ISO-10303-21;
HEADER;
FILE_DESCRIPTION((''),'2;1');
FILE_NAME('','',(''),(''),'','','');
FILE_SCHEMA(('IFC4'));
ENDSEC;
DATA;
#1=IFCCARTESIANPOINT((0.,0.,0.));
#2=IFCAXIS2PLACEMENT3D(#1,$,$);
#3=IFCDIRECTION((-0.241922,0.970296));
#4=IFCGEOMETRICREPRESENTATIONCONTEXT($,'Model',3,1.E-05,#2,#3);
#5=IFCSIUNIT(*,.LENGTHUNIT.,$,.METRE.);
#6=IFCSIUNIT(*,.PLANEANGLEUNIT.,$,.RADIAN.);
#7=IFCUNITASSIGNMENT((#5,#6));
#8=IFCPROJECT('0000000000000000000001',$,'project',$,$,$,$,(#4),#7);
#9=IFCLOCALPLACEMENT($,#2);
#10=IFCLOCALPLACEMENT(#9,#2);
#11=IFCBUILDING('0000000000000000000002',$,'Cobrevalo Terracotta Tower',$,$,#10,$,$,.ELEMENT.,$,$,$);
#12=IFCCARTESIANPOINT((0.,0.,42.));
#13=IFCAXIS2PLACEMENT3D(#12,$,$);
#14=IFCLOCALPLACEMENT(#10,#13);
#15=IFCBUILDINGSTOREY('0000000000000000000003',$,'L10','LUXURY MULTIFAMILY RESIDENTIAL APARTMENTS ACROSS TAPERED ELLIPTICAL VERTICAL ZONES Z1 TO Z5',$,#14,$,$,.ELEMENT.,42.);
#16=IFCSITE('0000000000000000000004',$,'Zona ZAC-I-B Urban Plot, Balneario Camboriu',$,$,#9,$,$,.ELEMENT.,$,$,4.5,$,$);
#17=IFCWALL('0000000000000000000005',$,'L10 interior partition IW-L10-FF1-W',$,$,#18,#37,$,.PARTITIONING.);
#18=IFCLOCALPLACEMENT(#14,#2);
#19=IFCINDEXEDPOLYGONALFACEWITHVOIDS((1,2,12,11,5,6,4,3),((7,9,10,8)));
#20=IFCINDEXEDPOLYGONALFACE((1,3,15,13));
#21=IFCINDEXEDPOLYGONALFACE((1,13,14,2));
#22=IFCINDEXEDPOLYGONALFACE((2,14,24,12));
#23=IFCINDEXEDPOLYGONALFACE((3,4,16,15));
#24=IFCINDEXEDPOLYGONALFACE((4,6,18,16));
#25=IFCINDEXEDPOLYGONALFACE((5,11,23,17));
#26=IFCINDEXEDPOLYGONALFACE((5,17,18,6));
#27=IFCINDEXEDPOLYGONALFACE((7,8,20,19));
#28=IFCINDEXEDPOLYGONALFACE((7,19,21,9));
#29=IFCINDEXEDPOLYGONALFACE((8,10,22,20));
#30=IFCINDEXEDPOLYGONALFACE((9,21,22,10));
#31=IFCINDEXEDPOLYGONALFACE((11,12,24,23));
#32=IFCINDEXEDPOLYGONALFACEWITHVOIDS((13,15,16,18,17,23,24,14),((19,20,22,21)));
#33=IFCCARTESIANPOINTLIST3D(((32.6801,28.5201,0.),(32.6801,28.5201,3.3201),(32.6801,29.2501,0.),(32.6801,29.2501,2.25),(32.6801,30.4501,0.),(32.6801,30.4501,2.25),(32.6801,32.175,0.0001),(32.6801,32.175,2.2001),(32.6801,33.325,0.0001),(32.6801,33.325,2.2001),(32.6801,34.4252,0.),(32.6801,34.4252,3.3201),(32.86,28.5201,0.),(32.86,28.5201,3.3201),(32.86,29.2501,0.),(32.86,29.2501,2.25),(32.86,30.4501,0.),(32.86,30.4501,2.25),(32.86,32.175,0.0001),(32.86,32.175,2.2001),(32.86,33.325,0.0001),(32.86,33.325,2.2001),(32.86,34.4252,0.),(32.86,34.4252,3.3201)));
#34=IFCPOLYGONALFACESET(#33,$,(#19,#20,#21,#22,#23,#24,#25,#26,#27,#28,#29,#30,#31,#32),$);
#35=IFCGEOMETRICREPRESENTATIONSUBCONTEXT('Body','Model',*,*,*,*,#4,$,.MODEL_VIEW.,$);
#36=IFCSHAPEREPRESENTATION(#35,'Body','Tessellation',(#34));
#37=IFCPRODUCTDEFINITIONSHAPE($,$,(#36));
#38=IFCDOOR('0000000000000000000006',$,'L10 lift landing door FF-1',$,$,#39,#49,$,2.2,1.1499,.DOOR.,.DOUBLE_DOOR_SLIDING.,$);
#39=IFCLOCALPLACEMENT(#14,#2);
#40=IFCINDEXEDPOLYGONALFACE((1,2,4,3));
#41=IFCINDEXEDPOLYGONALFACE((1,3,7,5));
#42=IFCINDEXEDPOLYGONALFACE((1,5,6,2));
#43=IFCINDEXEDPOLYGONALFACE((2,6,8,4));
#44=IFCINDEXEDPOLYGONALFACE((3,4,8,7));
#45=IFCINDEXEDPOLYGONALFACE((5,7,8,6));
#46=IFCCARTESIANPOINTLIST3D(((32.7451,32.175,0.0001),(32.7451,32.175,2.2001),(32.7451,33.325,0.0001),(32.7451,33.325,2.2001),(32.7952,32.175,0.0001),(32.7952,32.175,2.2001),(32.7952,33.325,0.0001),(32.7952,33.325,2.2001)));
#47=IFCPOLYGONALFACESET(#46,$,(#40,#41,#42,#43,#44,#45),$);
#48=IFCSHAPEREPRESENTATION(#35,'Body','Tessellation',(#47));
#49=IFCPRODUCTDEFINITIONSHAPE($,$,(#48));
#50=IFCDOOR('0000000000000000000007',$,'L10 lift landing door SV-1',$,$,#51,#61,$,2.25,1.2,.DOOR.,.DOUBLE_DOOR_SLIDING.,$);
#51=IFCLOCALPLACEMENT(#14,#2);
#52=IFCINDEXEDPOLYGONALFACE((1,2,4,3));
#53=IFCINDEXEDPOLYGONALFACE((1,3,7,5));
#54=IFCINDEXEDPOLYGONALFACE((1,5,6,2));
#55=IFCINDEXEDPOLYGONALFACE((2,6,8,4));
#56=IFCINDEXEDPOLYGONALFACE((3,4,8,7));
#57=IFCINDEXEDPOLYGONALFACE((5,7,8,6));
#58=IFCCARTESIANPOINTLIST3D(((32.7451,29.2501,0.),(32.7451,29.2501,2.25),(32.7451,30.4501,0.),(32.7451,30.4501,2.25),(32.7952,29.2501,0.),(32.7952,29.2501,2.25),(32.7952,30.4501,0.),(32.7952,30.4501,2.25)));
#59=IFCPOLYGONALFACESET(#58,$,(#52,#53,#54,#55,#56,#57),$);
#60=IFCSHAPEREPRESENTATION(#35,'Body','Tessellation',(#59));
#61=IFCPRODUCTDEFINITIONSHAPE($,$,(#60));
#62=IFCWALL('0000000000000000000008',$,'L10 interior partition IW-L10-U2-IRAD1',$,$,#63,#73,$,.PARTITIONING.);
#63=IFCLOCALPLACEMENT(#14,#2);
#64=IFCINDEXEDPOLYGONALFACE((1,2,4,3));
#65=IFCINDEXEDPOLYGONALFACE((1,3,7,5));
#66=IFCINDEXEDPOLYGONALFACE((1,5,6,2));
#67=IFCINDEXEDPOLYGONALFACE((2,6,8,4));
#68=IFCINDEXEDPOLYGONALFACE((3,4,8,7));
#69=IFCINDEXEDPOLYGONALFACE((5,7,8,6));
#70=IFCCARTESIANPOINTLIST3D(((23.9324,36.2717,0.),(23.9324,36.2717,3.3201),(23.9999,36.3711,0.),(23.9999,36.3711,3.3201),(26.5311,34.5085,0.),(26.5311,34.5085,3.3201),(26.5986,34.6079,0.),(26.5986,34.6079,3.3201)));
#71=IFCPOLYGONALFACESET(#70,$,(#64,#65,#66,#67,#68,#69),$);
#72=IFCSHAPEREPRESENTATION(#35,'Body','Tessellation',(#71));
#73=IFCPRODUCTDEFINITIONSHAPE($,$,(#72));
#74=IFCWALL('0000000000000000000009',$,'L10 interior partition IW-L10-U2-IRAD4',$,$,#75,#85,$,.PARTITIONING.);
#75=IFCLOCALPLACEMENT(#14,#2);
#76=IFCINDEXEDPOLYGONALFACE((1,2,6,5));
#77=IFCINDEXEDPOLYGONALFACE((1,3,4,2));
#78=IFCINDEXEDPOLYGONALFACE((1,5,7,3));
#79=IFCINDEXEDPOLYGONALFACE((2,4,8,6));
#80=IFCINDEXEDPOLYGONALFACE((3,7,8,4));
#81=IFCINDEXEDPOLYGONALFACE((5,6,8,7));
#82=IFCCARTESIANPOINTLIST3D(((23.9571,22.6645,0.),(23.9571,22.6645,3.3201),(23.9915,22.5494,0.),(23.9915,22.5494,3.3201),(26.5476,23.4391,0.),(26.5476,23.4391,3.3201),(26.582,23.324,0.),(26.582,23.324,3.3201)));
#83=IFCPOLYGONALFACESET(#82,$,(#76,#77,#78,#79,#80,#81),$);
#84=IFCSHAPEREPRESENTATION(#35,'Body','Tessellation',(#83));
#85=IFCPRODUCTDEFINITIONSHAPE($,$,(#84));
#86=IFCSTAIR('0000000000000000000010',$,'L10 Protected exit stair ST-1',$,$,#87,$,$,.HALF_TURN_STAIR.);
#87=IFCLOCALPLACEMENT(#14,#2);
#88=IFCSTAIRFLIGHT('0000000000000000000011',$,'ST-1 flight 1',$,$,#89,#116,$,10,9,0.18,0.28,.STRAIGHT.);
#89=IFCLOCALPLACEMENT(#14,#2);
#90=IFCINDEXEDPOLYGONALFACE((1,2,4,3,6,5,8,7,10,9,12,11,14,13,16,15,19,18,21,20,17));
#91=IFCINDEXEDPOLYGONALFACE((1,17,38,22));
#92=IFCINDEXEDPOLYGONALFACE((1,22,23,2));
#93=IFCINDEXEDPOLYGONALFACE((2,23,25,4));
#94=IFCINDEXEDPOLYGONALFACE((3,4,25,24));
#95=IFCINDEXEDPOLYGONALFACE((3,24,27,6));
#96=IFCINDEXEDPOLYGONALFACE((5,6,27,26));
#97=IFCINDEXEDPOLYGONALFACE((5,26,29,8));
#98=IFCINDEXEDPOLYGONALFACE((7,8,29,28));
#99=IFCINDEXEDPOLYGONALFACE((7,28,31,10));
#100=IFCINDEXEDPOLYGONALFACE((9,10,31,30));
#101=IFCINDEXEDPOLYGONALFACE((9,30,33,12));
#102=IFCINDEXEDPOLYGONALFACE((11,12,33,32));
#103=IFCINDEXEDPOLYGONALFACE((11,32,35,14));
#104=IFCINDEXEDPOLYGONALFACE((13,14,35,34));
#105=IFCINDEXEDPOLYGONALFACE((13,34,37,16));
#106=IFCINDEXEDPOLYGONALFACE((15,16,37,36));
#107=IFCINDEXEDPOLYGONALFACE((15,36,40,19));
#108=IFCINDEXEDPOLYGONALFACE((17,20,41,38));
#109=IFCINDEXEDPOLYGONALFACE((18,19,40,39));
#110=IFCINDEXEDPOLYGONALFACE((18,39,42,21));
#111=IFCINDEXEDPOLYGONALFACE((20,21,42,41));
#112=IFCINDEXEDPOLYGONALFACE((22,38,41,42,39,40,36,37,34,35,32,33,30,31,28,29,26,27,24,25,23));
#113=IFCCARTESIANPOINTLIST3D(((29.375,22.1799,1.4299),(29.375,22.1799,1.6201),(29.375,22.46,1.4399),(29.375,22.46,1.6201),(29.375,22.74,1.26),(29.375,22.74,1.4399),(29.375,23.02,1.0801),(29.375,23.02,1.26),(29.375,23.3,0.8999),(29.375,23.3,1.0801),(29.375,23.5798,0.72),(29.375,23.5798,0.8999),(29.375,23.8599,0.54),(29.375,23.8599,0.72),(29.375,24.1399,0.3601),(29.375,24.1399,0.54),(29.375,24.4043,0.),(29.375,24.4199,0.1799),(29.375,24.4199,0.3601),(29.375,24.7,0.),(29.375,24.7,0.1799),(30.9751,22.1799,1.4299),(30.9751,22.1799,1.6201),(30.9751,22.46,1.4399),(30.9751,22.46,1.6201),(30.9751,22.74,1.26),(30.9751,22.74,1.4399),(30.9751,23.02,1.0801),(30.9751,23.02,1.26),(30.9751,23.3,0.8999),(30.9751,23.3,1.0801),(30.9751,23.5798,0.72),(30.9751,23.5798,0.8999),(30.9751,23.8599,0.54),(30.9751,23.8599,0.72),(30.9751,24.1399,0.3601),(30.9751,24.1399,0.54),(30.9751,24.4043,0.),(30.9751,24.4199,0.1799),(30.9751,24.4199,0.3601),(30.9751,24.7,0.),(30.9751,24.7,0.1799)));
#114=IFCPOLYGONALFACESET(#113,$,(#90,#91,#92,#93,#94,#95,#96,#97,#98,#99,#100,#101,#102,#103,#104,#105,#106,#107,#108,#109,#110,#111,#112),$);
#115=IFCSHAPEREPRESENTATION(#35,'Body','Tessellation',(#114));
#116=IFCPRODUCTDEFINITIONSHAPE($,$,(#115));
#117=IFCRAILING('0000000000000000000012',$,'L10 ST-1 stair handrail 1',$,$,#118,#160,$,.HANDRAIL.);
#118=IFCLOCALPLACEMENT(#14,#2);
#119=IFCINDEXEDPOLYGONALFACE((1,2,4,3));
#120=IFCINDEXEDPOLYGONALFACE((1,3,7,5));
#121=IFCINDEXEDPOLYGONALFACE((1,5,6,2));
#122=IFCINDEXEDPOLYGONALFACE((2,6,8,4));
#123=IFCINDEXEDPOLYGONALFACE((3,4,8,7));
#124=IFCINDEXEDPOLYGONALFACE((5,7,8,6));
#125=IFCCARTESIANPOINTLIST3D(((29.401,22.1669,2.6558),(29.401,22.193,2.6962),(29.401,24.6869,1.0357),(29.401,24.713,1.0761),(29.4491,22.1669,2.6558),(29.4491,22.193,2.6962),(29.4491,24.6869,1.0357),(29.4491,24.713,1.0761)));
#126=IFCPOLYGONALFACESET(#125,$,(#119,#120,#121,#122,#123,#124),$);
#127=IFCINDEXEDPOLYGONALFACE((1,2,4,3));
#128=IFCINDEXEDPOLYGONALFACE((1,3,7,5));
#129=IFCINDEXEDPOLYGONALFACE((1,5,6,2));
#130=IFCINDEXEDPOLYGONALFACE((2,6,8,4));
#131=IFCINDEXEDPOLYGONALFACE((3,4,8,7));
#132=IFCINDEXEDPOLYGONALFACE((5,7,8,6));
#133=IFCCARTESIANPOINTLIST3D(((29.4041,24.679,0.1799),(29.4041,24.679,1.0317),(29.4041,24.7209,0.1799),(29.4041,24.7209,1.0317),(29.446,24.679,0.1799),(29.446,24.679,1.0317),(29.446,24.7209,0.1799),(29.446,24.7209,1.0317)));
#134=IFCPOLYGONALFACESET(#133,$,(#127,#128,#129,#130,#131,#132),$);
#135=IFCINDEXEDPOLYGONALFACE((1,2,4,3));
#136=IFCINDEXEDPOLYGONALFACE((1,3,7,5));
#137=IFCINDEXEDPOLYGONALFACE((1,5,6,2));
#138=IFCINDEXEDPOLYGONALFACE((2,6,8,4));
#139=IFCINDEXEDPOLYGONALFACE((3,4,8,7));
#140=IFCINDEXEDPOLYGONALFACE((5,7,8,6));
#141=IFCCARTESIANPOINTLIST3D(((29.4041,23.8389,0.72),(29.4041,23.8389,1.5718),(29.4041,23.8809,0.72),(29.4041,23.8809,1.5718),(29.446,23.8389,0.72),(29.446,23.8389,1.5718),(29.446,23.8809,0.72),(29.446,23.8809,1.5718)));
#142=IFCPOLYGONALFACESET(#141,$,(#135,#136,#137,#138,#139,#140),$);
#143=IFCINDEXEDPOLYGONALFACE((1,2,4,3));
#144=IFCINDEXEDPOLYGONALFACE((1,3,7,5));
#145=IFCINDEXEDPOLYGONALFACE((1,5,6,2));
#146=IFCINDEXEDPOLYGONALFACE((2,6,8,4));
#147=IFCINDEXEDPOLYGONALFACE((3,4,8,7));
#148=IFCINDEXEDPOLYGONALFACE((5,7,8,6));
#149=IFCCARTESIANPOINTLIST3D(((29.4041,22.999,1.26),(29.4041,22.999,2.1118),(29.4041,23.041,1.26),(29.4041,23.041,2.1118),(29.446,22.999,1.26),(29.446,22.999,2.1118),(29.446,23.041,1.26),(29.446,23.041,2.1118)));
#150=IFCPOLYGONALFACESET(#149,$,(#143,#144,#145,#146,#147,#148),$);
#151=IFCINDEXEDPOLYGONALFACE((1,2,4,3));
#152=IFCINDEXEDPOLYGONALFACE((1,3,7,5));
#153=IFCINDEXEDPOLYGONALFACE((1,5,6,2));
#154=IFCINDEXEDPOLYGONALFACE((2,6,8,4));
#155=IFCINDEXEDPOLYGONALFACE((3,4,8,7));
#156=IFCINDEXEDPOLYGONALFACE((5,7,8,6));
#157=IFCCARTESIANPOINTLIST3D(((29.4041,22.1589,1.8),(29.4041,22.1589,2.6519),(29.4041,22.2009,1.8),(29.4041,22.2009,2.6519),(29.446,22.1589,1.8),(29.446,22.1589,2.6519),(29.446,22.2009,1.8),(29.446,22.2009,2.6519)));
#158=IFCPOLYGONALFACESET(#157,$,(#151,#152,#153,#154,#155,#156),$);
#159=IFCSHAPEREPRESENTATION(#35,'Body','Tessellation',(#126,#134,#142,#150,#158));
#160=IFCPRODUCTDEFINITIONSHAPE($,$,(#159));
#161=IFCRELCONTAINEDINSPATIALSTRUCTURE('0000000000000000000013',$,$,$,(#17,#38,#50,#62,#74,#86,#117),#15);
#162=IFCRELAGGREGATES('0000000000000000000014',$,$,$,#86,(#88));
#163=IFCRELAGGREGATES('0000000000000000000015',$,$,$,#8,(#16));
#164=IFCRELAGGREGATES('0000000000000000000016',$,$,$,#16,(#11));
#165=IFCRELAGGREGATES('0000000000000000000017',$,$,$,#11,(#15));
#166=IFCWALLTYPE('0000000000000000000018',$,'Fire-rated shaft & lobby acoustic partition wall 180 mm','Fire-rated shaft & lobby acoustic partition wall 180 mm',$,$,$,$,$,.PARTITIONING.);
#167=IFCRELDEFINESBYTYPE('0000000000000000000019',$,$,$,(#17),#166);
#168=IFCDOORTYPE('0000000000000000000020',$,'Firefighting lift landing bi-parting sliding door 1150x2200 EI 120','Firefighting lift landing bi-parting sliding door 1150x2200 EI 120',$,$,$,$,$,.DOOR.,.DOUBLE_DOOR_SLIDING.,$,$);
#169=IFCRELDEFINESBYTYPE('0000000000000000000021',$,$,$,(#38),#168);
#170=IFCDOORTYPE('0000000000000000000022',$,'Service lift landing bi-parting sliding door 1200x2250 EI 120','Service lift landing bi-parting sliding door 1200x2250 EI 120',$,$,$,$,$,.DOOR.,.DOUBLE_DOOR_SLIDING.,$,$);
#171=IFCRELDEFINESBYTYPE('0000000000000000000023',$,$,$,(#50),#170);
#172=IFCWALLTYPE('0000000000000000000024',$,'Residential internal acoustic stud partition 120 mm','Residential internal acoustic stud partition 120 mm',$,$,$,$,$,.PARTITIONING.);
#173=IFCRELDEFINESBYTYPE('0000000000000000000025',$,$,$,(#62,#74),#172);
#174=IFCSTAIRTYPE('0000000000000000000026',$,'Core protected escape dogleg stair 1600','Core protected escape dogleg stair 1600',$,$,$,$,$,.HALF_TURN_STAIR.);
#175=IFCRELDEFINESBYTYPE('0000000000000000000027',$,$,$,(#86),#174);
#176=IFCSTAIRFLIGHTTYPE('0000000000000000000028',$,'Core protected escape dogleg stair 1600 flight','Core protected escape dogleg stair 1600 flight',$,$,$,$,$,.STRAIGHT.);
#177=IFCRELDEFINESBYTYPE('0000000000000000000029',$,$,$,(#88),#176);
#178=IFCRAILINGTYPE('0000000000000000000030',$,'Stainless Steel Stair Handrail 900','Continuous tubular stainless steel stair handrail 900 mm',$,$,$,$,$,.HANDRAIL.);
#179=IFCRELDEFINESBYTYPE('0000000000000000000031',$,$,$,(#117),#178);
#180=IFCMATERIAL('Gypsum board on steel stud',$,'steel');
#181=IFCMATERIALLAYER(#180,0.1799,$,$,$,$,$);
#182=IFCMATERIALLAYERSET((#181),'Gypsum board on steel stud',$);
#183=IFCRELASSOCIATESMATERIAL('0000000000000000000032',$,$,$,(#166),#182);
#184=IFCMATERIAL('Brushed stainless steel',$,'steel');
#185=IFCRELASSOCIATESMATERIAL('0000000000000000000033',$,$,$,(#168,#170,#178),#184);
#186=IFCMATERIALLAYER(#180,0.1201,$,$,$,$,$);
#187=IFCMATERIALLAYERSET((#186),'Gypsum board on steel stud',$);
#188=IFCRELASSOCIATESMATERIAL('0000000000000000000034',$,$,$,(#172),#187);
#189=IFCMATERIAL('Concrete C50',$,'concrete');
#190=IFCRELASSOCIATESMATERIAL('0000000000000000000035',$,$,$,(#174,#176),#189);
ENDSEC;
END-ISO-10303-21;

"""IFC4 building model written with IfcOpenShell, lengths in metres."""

from ifc_helpers import new_model, si_unit, direction, frame, frame_2d, origin, origin_2d, place, context, subcontext, project, spatial, polyline, rectangle, outline, extrude, source, transform, mapped, material, layer, layer_set, type_object, element, fill, aggregate, save


model = new_model("IFC4")

# Units and contexts
model_context = context("Model", 3, precision=1e-05, world=origin(), true_north=direction((-0.241922, 0.970296)))
body_context = subcontext(model_context, "Body", "Model", "MODEL_VIEW")
ifc_project = project(units=[si_unit("LENGTHUNIT", "METRE"), si_unit("PLANEANGLEUNIT", "RADIAN")], contexts=[model_context])

# Site, building, storey
site_placement = place(None, origin())
site = spatial("IfcSite", under=ifc_project, at=site_placement, Name="Zona ZAC-I-B Urban Plot, Balneario Camboriu", CompositionType="ELEMENT", RefElevation=4.5)
building_placement = place(site_placement, origin())
building = spatial("IfcBuilding", under=site, at=building_placement, Name="Cobrevalo Terracotta Tower", CompositionType="ELEMENT")
storey_placement = place(building_placement, frame((0.0, 0.0, 42.0)))
storey = spatial("IfcBuildingStorey", under=building, at=storey_placement, Name="L10", Description="LUXURY MULTIFAMILY RESIDENTIAL APARTMENTS ACROSS TAPERED ELLIPTICAL VERTICAL ZONES Z1 TO Z5", CompositionType="ELEMENT", Elevation=42.0)

# Shared definitions
ifc_material_1 = material(Name="Gypsum board on steel stud", Category="steel")

# Shared definitions
ifc_layer_1 = layer(ifc_material_1, 0.1799)
ifc_layer_set_1 = layer_set([ifc_layer_1], Name="Gypsum board on steel stud")
wall_type_1 = type_object("IfcWallType", Name="Fire-rated shaft & lobby acoustic partition wall 180 mm", Description="Fire-rated shaft & lobby acoustic partition wall 180 mm", PredefinedType="PARTITIONING", material=ifc_layer_set_1)

# Wall, openings, doors
wall_1_placement = place(storey_placement, frame((32.77, 28.52, 0.0), z_axis=(0.0, 0.0, 1.0), x_axis=(0.0, 1.0, 0.0)))
wall_1 = element("IfcWall", 1, at=wall_1_placement, inside=storey, type_object=wall_type_1, Name="L10 interior partition IW-L10-FF1-W", PredefinedType="PARTITIONING", context=body_context, shape_type="SweptSolid", body=[
    extrude(rectangle(XDim=5.905, YDim=0.1799, at=frame_2d((2.9526, 0.0))), origin(), (0.0, 0.0, 1.0), 3.3201),
])
opening_1_placement = place(wall_1_placement, frame((3.655, 0.0, 0.0)))
opening_1 = element("IfcOpeningElement", 2, at=opening_1_placement, cuts=wall_1, PredefinedType="OPENING", context=body_context, shape_type="SweptSolid", body=[
    extrude(rectangle(XDim=1.1499, YDim=2.2, at=frame_2d((0.575, 1.1001))), frame((0.0, 0.1001, 0.0), z_axis=(0.0, -1.0, 0.0), x_axis=(1.0, 0.0, 0.0)), (0.0, 0.0, 1.0), 0.2),
])
opening_2_placement = place(wall_1_placement, frame((0.73, 0.0, 0.0)))
opening_2 = element("IfcOpeningElement", 3, at=opening_2_placement, cuts=wall_1, PredefinedType="OPENING", context=body_context, shape_type="SweptSolid", body=[
    extrude(rectangle(XDim=1.2, YDim=2.25, at=frame_2d((0.6001, 1.125))), frame((0.0, 0.1001, 0.0), z_axis=(0.0, -1.0, 0.0), x_axis=(1.0, 0.0, 0.0)), (0.0, 0.0, 1.0), 0.2),
])
ifc_material_2 = material(Name="Brushed stainless steel", Category="steel")
door_type_1 = type_object("IfcDoorType", Name="Firefighting lift landing bi-parting sliding door 1150x2200 EI 120", Description="Firefighting lift landing bi-parting sliding door 1150x2200 EI 120", OperationType="DOUBLE_DOOR_SLIDING", PredefinedType="DOOR", material=ifc_material_2)
shared_shape_1 = source(origin(), body_context, "Body", "SweptSolid", [
    extrude(rectangle(XDim=1.1499, YDim=2.2, at=frame_2d((0.575, 1.1001))), frame((0.0, 0.0249, 0.0), z_axis=(0.0, -1.0, 0.0), x_axis=(1.0, 0.0, 0.0)), (0.0, 0.0, 1.0), 0.05),
])
door_1_placement = place(opening_1_placement, origin())
door_1 = element("IfcDoor", 4, at=door_1_placement, inside=storey, type_object=door_type_1, Name="L10 lift landing door FF-1", OperationType="DOUBLE_DOOR_SLIDING", OverallHeight=2.2, OverallWidth=1.1499, PredefinedType="DOOR", context=body_context, shape_type="MappedRepresentation", body=[
    mapped(shared_shape_1, transform((0.0, 0.0, 0.0), scale=1.0)),
])
fill(opening_1, door_1)
door_type_2 = type_object("IfcDoorType", Name="Service lift landing bi-parting sliding door 1200x2250 EI 120", Description="Service lift landing bi-parting sliding door 1200x2250 EI 120", OperationType="DOUBLE_DOOR_SLIDING", PredefinedType="DOOR", material=ifc_material_2)
shared_shape_2 = source(origin(), body_context, "Body", "SweptSolid", [
    extrude(rectangle(XDim=1.2, YDim=2.25, at=frame_2d((0.6001, 1.125))), frame((0.0, 0.0249, 0.0), z_axis=(0.0, -1.0, 0.0), x_axis=(1.0, 0.0, 0.0)), (0.0, 0.0, 1.0), 0.05),
])
door_2_placement = place(opening_2_placement, origin())
door_2 = element("IfcDoor", 5, at=door_2_placement, inside=storey, type_object=door_type_2, Name="L10 lift landing door SV-1", OperationType="DOUBLE_DOOR_SLIDING", OverallHeight=2.25, OverallWidth=1.2, PredefinedType="DOOR", context=body_context, shape_type="MappedRepresentation", body=[
    mapped(shared_shape_2, transform((0.0, 0.0, 0.0), scale=1.0)),
])
fill(opening_2, door_2)

# Wall
ifc_layer_2 = layer(ifc_material_1, 0.1201)
ifc_layer_set_2 = layer_set([ifc_layer_2], Name="Gypsum board on steel stud")
wall_type_2 = type_object("IfcWallType", Name="Residential internal acoustic stud partition 120 mm", Description="Residential internal acoustic stud partition 120 mm", PredefinedType="PARTITIONING", material=ifc_layer_set_2)
wall_2_placement = place(storey_placement, frame((26.5649, 34.5581, 0.0), z_axis=(0.0, 0.0, 1.0), x_axis=(-0.827502, 0.561463, 0.0)))
element("IfcWall", 6, at=wall_2_placement, inside=storey, type_object=wall_type_2, Name="L10 interior partition IW-L10-U2-IRAD1", PredefinedType="PARTITIONING", context=body_context, shape_type="SweptSolid", body=[
    extrude(rectangle(XDim=3.1404, YDim=0.1201, at=frame_2d((1.5703, 0.0))), origin(), (0.0, 0.0, 1.0), 3.3201),
])

# Wall
wall_3_placement = place(storey_placement, frame((26.5649, 23.3816, 0.0), z_axis=(0.0, 0.0, 1.0), x_axis=(-0.958082, -0.286495, 0.0)))
element("IfcWall", 7, at=wall_3_placement, inside=storey, type_object=wall_type_2, Name="L10 interior partition IW-L10-U2-IRAD4", PredefinedType="PARTITIONING", context=body_context, shape_type="SweptSolid", body=[
    extrude(rectangle(XDim=2.7039, YDim=0.1201, at=frame_2d((1.3521, 0.0))), origin(), (0.0, 0.0, 1.0), 3.3201),
])

# Shared definitions
ifc_material_3 = material(Name="Concrete C50", Category="concrete")

# Stair, stair flight
stair_type = type_object("IfcStairType", Name="Core protected escape dogleg stair 1600", Description="Core protected escape dogleg stair 1600", PredefinedType="HALF_TURN_STAIR", material=ifc_material_3)
stair_placement = place(storey_placement, origin())
stair = element("IfcStair", 8, at=stair_placement, inside=storey, type_object=stair_type, Name="L10 Protected exit stair ST-1", PredefinedType="HALF_TURN_STAIR")
stair_flight_type = type_object("IfcStairFlightType", Name="Core protected escape dogleg stair 1600 flight", Description="Core protected escape dogleg stair 1600 flight", PredefinedType="STRAIGHT", material=ifc_material_3)
stair_flight_placement = place(storey_placement, frame((30.175, 24.7, 0.0), z_axis=(0.0, 0.0, 1.0), x_axis=(0.0, -1.0, 0.0)))
stair_flight = element("IfcStairFlight", 9, at=stair_flight_placement, type_object=stair_flight_type, Name="ST-1 flight 1", NumberOfRisers=10, NumberOfTreads=9, PredefinedType="STRAIGHT", RiserHeight=0.18, TreadLength=0.28, context=body_context, shape_type="SweptSolid", body=[
    extrude(outline(polyline([(0.0, 0.0), (0.0, 0.1799), (0.28, 0.1799), (0.28, 0.3601), (0.5601, 0.3601), (0.5601, 0.54), (0.8401, 0.54), (0.8401, 0.72), (1.1201, 0.72), (1.1201, 0.8999), (1.3999, 0.8999), (1.3999, 1.0801), (1.6799, 1.0801), (1.6799, 1.26), (1.96, 1.26), (1.96, 1.4399), (2.24, 1.4399), (2.24, 1.6201), (2.52, 1.6201), (2.52, 1.8), (2.52, 1.4299), (0.2957, 0.0), (0.0, 0.0)])), frame((0.0, 0.8, 0.0), z_axis=(0.0, -1.0, 0.0), x_axis=(1.0, 0.0, 0.0)), (0.0, 0.0, 1.0), 1.6001),
])
aggregate(stair, [stair_flight])

# Railing
railing_type_1 = type_object("IfcRailingType", Name="Stainless Steel Stair Handrail 900", Description="Continuous tubular stainless steel stair handrail 900 mm", PredefinedType="HANDRAIL", material=ifc_material_2)
railing_1_placement = place(storey_placement, frame((29.425, 24.7, 0.1799)))
element("IfcRailing", 10, at=railing_1_placement, inside=storey, type_object=railing_type_1, Name="L10 ST-1 stair handrail 1", PredefinedType="HANDRAIL", context=body_context, shape_type="SweptSolid", body=[
    extrude(rectangle(XDim=0.0481, YDim=0.0481, at=origin_2d()), frame((0.0, 0.0, 0.876), z_axis=(0.0, -0.841163, 0.540782), x_axis=(1.0, 0.0, 0.0)), (0.0, 0.0, 1.0), 2.9958),
    extrude(rectangle(XDim=0.042, YDim=0.042, at=origin_2d()), origin(), (0.0, 0.0, 1.0), 0.8518),
    extrude(rectangle(XDim=0.042, YDim=0.042, at=origin_2d()), frame((0.0, -0.8401, 0.54)), (0.0, 0.0, 1.0), 0.8518),
    extrude(rectangle(XDim=0.042, YDim=0.042, at=origin_2d()), frame((0.0, -1.6799, 1.0801)), (0.0, 0.0, 1.0), 0.8518),
    extrude(rectangle(XDim=0.042, YDim=0.042, at=origin_2d()), frame((0.0, -2.52, 1.6201)), (0.0, 0.0, 1.0), 0.8518),
])

save(model, "model.ifc")
